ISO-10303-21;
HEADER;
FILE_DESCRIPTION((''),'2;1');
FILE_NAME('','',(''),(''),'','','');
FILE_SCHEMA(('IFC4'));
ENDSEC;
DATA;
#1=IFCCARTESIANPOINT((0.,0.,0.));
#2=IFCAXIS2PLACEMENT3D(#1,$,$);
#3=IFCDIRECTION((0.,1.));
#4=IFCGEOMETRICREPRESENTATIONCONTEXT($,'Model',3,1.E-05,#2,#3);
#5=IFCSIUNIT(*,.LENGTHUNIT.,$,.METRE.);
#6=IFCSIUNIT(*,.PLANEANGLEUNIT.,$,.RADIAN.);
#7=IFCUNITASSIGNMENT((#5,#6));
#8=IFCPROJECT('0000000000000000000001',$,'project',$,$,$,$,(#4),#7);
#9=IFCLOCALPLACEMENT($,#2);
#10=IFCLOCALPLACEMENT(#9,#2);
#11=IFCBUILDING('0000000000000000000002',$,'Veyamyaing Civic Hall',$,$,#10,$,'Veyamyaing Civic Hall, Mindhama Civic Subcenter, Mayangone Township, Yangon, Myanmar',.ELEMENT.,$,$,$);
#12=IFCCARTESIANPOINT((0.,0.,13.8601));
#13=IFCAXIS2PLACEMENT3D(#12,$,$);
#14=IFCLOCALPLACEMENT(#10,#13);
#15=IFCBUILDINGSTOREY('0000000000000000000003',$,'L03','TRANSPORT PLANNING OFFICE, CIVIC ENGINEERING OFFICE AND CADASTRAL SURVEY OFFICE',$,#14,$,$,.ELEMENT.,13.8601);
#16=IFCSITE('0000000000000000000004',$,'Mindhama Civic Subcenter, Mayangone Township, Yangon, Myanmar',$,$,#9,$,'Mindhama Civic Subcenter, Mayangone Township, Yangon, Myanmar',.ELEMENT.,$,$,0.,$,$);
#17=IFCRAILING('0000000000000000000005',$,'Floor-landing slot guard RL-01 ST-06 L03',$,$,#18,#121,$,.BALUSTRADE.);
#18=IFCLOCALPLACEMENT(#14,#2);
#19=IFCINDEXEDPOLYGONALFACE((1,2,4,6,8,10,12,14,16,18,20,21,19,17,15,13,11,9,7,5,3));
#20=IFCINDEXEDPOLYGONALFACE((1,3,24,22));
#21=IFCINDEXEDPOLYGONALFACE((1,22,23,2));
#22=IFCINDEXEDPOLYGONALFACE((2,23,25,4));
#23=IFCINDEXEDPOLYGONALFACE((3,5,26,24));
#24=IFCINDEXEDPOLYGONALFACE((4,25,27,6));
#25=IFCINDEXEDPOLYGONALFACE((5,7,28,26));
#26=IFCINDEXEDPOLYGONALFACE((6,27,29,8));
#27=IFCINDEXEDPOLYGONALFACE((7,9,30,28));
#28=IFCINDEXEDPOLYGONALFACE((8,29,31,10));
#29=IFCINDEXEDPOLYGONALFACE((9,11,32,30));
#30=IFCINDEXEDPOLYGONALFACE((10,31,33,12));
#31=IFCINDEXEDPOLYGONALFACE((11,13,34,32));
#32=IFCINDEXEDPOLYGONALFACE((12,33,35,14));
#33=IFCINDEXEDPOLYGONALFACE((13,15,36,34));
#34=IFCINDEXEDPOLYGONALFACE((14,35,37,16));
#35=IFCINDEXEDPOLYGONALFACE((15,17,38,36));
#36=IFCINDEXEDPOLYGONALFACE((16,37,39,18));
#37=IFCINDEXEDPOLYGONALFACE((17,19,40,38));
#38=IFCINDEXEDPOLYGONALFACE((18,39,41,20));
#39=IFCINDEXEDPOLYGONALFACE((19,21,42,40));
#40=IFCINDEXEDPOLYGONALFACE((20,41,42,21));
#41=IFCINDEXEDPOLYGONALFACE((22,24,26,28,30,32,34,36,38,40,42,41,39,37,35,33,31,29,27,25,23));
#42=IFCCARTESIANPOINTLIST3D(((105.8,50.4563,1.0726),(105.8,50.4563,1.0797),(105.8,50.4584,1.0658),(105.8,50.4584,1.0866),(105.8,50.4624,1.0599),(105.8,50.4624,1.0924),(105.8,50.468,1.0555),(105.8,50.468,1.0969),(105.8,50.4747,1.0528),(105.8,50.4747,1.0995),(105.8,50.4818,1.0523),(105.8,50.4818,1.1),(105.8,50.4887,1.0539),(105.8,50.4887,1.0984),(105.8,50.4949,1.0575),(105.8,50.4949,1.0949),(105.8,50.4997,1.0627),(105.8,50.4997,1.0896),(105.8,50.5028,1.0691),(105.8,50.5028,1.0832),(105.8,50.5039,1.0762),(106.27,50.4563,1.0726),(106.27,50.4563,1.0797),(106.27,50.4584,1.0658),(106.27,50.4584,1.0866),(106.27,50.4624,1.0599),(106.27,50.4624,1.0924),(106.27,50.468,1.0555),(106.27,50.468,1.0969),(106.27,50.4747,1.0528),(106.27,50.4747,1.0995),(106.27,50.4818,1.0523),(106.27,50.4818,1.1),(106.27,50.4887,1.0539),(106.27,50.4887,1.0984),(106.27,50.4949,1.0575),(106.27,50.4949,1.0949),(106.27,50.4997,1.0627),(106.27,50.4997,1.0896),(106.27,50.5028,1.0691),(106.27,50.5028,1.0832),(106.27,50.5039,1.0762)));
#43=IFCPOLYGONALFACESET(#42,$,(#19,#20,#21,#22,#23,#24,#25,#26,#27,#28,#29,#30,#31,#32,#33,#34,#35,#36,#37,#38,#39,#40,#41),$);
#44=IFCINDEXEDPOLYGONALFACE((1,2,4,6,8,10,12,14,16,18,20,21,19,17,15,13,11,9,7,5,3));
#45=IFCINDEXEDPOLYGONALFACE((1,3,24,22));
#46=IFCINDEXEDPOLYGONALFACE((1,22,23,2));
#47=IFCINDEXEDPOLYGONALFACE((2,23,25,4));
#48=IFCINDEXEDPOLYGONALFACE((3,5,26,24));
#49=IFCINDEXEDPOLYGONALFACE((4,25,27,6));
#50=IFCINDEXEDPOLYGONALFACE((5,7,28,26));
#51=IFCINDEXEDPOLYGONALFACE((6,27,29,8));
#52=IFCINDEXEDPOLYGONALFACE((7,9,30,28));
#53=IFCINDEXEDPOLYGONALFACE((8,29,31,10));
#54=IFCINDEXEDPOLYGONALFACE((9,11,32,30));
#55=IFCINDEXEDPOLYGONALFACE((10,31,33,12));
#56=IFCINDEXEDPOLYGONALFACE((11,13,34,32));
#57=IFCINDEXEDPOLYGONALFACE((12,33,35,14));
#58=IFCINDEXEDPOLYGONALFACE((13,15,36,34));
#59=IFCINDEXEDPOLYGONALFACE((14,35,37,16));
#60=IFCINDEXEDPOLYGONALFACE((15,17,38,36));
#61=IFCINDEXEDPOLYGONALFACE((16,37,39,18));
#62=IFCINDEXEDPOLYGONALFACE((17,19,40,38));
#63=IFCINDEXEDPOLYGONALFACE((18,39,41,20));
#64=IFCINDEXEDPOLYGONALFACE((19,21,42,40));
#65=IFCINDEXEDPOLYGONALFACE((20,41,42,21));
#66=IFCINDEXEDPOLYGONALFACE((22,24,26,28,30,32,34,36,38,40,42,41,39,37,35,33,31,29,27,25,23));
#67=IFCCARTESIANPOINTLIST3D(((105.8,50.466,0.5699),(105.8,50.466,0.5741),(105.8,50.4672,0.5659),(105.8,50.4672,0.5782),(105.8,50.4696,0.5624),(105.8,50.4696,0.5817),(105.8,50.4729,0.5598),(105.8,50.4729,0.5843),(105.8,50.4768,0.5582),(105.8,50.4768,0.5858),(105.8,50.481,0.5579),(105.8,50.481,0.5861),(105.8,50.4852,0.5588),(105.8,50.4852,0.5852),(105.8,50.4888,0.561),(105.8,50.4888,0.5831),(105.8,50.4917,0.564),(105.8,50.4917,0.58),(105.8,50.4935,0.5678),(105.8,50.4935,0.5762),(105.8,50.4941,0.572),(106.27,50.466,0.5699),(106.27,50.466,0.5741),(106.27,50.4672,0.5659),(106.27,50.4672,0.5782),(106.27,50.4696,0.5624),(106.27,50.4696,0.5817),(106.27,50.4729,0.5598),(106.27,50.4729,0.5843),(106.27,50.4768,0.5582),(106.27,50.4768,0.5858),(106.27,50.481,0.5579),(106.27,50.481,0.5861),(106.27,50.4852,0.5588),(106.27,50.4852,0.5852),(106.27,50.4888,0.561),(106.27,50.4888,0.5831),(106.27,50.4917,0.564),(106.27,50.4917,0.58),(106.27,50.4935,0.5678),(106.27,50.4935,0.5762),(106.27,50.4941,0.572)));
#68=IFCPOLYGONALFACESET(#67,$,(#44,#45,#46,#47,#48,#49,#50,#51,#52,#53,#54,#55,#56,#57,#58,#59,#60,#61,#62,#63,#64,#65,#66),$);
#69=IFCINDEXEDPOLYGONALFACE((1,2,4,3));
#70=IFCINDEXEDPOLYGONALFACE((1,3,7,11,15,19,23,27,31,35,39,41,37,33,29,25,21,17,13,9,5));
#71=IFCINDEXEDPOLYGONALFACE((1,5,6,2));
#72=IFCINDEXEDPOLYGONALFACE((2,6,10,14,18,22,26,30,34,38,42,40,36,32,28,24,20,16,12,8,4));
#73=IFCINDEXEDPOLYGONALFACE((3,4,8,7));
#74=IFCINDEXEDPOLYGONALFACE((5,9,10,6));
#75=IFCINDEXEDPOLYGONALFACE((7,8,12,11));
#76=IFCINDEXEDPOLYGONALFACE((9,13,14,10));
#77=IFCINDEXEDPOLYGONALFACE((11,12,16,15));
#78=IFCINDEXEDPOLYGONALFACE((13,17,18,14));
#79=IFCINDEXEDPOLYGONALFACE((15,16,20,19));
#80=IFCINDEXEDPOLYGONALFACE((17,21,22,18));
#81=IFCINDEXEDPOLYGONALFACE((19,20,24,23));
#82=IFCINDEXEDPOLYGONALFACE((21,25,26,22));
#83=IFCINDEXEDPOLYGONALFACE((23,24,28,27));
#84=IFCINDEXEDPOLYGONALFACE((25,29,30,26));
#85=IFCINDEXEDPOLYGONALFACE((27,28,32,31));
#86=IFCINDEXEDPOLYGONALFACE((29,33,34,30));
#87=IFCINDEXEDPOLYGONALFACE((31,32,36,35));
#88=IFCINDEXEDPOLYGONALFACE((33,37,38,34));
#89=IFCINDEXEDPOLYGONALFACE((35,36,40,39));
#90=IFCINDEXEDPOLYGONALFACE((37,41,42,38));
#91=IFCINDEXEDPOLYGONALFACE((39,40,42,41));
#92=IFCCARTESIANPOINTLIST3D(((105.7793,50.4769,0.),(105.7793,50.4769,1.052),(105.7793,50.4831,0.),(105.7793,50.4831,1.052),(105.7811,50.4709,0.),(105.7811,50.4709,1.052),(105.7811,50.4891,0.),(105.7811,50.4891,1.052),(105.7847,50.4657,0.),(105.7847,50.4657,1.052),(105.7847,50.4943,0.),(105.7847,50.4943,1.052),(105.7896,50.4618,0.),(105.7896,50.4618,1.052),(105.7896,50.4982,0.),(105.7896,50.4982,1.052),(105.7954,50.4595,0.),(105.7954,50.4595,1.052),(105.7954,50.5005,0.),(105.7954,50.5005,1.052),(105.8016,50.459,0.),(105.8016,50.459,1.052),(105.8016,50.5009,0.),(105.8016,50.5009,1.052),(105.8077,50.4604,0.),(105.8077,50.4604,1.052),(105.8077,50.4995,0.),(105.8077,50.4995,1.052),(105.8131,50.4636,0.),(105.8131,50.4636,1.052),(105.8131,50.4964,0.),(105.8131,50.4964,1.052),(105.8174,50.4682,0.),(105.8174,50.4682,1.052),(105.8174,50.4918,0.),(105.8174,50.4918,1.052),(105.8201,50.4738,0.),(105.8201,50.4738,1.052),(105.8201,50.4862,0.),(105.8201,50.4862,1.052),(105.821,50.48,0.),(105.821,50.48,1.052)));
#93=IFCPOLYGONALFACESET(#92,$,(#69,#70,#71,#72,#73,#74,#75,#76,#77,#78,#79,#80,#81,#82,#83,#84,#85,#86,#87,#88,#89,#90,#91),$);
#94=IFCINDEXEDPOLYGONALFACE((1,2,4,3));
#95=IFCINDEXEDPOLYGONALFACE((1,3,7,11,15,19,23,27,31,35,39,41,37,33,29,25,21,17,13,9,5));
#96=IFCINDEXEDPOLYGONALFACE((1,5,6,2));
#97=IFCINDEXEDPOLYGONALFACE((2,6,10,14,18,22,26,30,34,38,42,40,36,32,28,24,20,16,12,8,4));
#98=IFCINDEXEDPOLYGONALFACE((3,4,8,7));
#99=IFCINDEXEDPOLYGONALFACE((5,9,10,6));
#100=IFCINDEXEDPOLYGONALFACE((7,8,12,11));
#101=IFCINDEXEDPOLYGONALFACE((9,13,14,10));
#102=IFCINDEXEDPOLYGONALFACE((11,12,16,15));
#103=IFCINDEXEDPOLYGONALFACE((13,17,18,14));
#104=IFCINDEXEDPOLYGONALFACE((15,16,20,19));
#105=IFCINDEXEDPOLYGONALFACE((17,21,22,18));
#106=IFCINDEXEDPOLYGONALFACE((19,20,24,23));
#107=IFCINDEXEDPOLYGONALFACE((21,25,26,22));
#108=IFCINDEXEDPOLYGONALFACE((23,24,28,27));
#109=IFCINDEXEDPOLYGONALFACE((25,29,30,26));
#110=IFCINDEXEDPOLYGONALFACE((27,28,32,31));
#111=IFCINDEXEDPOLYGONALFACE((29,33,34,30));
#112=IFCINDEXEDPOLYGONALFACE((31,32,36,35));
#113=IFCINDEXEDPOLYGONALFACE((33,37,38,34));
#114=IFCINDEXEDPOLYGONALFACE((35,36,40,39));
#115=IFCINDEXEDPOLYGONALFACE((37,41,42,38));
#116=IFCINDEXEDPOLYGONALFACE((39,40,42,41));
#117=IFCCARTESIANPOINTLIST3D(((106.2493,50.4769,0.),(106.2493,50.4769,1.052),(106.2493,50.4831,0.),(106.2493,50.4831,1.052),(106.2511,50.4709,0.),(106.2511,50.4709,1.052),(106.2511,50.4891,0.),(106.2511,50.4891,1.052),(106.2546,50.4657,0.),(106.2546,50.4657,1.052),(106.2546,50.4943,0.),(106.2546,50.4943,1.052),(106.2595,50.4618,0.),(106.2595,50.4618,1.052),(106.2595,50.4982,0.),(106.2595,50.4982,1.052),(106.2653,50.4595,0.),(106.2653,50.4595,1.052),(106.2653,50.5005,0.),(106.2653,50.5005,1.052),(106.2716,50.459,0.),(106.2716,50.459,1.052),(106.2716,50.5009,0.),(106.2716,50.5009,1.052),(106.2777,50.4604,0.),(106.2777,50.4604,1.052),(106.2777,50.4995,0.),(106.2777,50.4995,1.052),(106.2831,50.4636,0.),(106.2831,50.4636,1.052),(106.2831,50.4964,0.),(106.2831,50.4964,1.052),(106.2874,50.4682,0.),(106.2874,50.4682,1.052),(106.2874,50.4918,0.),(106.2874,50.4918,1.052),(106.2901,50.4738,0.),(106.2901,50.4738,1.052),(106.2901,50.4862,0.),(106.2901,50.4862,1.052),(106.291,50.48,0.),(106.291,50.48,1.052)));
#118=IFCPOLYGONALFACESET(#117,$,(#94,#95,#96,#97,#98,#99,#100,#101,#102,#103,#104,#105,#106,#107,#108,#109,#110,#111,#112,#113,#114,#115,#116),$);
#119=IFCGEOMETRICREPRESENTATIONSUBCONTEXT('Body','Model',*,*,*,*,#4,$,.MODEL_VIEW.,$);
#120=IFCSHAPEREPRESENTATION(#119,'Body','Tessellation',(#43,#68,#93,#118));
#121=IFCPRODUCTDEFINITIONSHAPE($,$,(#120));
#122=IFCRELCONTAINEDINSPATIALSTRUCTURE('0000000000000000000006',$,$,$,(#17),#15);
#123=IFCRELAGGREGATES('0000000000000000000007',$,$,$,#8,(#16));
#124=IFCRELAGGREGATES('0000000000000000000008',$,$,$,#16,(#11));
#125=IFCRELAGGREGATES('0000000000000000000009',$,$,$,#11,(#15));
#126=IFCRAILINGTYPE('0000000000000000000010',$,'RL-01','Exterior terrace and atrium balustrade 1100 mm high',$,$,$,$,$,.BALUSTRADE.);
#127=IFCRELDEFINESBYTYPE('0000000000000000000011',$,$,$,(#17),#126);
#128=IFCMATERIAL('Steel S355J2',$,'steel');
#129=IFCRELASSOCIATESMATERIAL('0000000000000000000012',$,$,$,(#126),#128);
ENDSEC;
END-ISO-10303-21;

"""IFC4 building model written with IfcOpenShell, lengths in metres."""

from ifc_helpers import new_model, si_unit, direction, frame, origin, origin_2d, place, context, subcontext, project, spatial, circle, extrude, material, type_object, element, save


model = new_model("IFC4")

# Units and contexts
model_context = context("Model", 3, precision=1e-05, world=origin(), true_north=direction((0.0, 1.0)))
body_context = subcontext(model_context, "Body", "Model", "MODEL_VIEW")
ifc_project = project(units=[si_unit("LENGTHUNIT", "METRE"), si_unit("PLANEANGLEUNIT", "RADIAN")], contexts=[model_context])

# Site, building, storey
site_placement = place(None, origin())
site = spatial("IfcSite", under=ifc_project, at=site_placement, Name="Mindhama Civic Subcenter, Mayangone Township, Yangon, Myanmar", LongName="Mindhama Civic Subcenter, Mayangone Township, Yangon, Myanmar", CompositionType="ELEMENT", RefElevation=0.0)
building_placement = place(site_placement, origin())
building = spatial("IfcBuilding", under=site, at=building_placement, Name="Veyamyaing Civic Hall", LongName="Veyamyaing Civic Hall, Mindhama Civic Subcenter, Mayangone Township, Yangon, Myanmar", CompositionType="ELEMENT")
storey_placement = place(building_placement, frame((0.0, 0.0, 13.8601)))
storey = spatial("IfcBuildingStorey", under=building, at=storey_placement, Name="L03", Description="TRANSPORT PLANNING OFFICE, CIVIC ENGINEERING OFFICE AND CADASTRAL SURVEY OFFICE", CompositionType="ELEMENT", Elevation=13.8601)

# Railing
ifc_material_1 = material(Name="Steel S355J2", Category="steel")
railing_type_1 = type_object("IfcRailingType", Name="RL-01", Description="Exterior terrace and atrium balustrade 1100 mm high", PredefinedType="BALUSTRADE", material=ifc_material_1)
railing_1_placement = place(storey_placement, frame((105.8, 50.48, 0.0)))
element("IfcRailing", 1, at=railing_1_placement, inside=storey, type_object=railing_type_1, Name="Floor-landing slot guard RL-01 ST-06 L03", PredefinedType="BALUSTRADE", context=body_context, shape_type="SweptSolid", body=[
    extrude(circle(Radius=0.0239, at=origin_2d()), frame((0.0, 0.0, 1.0762), z_axis=(1.0, 0.0, 0.0), x_axis=(0.0, 1.0, 0.0)), (0.0, 0.0, 1.0), 0.47),
    extrude(circle(Radius=0.0142, at=origin_2d()), frame((0.0, 0.0, 0.572), z_axis=(1.0, 0.0, 0.0), x_axis=(0.0, 1.0, 0.0)), (0.0, 0.0, 1.0), 0.47),
    extrude(circle(Radius=0.021, at=origin_2d()), origin(), (0.0, 0.0, 1.0), 1.052),
    extrude(circle(Radius=0.021, at=origin_2d()), frame((0.47, 0.0, 0.0)), (0.0, 0.0, 1.0), 1.052),
])

save(model, "model.ifc")
